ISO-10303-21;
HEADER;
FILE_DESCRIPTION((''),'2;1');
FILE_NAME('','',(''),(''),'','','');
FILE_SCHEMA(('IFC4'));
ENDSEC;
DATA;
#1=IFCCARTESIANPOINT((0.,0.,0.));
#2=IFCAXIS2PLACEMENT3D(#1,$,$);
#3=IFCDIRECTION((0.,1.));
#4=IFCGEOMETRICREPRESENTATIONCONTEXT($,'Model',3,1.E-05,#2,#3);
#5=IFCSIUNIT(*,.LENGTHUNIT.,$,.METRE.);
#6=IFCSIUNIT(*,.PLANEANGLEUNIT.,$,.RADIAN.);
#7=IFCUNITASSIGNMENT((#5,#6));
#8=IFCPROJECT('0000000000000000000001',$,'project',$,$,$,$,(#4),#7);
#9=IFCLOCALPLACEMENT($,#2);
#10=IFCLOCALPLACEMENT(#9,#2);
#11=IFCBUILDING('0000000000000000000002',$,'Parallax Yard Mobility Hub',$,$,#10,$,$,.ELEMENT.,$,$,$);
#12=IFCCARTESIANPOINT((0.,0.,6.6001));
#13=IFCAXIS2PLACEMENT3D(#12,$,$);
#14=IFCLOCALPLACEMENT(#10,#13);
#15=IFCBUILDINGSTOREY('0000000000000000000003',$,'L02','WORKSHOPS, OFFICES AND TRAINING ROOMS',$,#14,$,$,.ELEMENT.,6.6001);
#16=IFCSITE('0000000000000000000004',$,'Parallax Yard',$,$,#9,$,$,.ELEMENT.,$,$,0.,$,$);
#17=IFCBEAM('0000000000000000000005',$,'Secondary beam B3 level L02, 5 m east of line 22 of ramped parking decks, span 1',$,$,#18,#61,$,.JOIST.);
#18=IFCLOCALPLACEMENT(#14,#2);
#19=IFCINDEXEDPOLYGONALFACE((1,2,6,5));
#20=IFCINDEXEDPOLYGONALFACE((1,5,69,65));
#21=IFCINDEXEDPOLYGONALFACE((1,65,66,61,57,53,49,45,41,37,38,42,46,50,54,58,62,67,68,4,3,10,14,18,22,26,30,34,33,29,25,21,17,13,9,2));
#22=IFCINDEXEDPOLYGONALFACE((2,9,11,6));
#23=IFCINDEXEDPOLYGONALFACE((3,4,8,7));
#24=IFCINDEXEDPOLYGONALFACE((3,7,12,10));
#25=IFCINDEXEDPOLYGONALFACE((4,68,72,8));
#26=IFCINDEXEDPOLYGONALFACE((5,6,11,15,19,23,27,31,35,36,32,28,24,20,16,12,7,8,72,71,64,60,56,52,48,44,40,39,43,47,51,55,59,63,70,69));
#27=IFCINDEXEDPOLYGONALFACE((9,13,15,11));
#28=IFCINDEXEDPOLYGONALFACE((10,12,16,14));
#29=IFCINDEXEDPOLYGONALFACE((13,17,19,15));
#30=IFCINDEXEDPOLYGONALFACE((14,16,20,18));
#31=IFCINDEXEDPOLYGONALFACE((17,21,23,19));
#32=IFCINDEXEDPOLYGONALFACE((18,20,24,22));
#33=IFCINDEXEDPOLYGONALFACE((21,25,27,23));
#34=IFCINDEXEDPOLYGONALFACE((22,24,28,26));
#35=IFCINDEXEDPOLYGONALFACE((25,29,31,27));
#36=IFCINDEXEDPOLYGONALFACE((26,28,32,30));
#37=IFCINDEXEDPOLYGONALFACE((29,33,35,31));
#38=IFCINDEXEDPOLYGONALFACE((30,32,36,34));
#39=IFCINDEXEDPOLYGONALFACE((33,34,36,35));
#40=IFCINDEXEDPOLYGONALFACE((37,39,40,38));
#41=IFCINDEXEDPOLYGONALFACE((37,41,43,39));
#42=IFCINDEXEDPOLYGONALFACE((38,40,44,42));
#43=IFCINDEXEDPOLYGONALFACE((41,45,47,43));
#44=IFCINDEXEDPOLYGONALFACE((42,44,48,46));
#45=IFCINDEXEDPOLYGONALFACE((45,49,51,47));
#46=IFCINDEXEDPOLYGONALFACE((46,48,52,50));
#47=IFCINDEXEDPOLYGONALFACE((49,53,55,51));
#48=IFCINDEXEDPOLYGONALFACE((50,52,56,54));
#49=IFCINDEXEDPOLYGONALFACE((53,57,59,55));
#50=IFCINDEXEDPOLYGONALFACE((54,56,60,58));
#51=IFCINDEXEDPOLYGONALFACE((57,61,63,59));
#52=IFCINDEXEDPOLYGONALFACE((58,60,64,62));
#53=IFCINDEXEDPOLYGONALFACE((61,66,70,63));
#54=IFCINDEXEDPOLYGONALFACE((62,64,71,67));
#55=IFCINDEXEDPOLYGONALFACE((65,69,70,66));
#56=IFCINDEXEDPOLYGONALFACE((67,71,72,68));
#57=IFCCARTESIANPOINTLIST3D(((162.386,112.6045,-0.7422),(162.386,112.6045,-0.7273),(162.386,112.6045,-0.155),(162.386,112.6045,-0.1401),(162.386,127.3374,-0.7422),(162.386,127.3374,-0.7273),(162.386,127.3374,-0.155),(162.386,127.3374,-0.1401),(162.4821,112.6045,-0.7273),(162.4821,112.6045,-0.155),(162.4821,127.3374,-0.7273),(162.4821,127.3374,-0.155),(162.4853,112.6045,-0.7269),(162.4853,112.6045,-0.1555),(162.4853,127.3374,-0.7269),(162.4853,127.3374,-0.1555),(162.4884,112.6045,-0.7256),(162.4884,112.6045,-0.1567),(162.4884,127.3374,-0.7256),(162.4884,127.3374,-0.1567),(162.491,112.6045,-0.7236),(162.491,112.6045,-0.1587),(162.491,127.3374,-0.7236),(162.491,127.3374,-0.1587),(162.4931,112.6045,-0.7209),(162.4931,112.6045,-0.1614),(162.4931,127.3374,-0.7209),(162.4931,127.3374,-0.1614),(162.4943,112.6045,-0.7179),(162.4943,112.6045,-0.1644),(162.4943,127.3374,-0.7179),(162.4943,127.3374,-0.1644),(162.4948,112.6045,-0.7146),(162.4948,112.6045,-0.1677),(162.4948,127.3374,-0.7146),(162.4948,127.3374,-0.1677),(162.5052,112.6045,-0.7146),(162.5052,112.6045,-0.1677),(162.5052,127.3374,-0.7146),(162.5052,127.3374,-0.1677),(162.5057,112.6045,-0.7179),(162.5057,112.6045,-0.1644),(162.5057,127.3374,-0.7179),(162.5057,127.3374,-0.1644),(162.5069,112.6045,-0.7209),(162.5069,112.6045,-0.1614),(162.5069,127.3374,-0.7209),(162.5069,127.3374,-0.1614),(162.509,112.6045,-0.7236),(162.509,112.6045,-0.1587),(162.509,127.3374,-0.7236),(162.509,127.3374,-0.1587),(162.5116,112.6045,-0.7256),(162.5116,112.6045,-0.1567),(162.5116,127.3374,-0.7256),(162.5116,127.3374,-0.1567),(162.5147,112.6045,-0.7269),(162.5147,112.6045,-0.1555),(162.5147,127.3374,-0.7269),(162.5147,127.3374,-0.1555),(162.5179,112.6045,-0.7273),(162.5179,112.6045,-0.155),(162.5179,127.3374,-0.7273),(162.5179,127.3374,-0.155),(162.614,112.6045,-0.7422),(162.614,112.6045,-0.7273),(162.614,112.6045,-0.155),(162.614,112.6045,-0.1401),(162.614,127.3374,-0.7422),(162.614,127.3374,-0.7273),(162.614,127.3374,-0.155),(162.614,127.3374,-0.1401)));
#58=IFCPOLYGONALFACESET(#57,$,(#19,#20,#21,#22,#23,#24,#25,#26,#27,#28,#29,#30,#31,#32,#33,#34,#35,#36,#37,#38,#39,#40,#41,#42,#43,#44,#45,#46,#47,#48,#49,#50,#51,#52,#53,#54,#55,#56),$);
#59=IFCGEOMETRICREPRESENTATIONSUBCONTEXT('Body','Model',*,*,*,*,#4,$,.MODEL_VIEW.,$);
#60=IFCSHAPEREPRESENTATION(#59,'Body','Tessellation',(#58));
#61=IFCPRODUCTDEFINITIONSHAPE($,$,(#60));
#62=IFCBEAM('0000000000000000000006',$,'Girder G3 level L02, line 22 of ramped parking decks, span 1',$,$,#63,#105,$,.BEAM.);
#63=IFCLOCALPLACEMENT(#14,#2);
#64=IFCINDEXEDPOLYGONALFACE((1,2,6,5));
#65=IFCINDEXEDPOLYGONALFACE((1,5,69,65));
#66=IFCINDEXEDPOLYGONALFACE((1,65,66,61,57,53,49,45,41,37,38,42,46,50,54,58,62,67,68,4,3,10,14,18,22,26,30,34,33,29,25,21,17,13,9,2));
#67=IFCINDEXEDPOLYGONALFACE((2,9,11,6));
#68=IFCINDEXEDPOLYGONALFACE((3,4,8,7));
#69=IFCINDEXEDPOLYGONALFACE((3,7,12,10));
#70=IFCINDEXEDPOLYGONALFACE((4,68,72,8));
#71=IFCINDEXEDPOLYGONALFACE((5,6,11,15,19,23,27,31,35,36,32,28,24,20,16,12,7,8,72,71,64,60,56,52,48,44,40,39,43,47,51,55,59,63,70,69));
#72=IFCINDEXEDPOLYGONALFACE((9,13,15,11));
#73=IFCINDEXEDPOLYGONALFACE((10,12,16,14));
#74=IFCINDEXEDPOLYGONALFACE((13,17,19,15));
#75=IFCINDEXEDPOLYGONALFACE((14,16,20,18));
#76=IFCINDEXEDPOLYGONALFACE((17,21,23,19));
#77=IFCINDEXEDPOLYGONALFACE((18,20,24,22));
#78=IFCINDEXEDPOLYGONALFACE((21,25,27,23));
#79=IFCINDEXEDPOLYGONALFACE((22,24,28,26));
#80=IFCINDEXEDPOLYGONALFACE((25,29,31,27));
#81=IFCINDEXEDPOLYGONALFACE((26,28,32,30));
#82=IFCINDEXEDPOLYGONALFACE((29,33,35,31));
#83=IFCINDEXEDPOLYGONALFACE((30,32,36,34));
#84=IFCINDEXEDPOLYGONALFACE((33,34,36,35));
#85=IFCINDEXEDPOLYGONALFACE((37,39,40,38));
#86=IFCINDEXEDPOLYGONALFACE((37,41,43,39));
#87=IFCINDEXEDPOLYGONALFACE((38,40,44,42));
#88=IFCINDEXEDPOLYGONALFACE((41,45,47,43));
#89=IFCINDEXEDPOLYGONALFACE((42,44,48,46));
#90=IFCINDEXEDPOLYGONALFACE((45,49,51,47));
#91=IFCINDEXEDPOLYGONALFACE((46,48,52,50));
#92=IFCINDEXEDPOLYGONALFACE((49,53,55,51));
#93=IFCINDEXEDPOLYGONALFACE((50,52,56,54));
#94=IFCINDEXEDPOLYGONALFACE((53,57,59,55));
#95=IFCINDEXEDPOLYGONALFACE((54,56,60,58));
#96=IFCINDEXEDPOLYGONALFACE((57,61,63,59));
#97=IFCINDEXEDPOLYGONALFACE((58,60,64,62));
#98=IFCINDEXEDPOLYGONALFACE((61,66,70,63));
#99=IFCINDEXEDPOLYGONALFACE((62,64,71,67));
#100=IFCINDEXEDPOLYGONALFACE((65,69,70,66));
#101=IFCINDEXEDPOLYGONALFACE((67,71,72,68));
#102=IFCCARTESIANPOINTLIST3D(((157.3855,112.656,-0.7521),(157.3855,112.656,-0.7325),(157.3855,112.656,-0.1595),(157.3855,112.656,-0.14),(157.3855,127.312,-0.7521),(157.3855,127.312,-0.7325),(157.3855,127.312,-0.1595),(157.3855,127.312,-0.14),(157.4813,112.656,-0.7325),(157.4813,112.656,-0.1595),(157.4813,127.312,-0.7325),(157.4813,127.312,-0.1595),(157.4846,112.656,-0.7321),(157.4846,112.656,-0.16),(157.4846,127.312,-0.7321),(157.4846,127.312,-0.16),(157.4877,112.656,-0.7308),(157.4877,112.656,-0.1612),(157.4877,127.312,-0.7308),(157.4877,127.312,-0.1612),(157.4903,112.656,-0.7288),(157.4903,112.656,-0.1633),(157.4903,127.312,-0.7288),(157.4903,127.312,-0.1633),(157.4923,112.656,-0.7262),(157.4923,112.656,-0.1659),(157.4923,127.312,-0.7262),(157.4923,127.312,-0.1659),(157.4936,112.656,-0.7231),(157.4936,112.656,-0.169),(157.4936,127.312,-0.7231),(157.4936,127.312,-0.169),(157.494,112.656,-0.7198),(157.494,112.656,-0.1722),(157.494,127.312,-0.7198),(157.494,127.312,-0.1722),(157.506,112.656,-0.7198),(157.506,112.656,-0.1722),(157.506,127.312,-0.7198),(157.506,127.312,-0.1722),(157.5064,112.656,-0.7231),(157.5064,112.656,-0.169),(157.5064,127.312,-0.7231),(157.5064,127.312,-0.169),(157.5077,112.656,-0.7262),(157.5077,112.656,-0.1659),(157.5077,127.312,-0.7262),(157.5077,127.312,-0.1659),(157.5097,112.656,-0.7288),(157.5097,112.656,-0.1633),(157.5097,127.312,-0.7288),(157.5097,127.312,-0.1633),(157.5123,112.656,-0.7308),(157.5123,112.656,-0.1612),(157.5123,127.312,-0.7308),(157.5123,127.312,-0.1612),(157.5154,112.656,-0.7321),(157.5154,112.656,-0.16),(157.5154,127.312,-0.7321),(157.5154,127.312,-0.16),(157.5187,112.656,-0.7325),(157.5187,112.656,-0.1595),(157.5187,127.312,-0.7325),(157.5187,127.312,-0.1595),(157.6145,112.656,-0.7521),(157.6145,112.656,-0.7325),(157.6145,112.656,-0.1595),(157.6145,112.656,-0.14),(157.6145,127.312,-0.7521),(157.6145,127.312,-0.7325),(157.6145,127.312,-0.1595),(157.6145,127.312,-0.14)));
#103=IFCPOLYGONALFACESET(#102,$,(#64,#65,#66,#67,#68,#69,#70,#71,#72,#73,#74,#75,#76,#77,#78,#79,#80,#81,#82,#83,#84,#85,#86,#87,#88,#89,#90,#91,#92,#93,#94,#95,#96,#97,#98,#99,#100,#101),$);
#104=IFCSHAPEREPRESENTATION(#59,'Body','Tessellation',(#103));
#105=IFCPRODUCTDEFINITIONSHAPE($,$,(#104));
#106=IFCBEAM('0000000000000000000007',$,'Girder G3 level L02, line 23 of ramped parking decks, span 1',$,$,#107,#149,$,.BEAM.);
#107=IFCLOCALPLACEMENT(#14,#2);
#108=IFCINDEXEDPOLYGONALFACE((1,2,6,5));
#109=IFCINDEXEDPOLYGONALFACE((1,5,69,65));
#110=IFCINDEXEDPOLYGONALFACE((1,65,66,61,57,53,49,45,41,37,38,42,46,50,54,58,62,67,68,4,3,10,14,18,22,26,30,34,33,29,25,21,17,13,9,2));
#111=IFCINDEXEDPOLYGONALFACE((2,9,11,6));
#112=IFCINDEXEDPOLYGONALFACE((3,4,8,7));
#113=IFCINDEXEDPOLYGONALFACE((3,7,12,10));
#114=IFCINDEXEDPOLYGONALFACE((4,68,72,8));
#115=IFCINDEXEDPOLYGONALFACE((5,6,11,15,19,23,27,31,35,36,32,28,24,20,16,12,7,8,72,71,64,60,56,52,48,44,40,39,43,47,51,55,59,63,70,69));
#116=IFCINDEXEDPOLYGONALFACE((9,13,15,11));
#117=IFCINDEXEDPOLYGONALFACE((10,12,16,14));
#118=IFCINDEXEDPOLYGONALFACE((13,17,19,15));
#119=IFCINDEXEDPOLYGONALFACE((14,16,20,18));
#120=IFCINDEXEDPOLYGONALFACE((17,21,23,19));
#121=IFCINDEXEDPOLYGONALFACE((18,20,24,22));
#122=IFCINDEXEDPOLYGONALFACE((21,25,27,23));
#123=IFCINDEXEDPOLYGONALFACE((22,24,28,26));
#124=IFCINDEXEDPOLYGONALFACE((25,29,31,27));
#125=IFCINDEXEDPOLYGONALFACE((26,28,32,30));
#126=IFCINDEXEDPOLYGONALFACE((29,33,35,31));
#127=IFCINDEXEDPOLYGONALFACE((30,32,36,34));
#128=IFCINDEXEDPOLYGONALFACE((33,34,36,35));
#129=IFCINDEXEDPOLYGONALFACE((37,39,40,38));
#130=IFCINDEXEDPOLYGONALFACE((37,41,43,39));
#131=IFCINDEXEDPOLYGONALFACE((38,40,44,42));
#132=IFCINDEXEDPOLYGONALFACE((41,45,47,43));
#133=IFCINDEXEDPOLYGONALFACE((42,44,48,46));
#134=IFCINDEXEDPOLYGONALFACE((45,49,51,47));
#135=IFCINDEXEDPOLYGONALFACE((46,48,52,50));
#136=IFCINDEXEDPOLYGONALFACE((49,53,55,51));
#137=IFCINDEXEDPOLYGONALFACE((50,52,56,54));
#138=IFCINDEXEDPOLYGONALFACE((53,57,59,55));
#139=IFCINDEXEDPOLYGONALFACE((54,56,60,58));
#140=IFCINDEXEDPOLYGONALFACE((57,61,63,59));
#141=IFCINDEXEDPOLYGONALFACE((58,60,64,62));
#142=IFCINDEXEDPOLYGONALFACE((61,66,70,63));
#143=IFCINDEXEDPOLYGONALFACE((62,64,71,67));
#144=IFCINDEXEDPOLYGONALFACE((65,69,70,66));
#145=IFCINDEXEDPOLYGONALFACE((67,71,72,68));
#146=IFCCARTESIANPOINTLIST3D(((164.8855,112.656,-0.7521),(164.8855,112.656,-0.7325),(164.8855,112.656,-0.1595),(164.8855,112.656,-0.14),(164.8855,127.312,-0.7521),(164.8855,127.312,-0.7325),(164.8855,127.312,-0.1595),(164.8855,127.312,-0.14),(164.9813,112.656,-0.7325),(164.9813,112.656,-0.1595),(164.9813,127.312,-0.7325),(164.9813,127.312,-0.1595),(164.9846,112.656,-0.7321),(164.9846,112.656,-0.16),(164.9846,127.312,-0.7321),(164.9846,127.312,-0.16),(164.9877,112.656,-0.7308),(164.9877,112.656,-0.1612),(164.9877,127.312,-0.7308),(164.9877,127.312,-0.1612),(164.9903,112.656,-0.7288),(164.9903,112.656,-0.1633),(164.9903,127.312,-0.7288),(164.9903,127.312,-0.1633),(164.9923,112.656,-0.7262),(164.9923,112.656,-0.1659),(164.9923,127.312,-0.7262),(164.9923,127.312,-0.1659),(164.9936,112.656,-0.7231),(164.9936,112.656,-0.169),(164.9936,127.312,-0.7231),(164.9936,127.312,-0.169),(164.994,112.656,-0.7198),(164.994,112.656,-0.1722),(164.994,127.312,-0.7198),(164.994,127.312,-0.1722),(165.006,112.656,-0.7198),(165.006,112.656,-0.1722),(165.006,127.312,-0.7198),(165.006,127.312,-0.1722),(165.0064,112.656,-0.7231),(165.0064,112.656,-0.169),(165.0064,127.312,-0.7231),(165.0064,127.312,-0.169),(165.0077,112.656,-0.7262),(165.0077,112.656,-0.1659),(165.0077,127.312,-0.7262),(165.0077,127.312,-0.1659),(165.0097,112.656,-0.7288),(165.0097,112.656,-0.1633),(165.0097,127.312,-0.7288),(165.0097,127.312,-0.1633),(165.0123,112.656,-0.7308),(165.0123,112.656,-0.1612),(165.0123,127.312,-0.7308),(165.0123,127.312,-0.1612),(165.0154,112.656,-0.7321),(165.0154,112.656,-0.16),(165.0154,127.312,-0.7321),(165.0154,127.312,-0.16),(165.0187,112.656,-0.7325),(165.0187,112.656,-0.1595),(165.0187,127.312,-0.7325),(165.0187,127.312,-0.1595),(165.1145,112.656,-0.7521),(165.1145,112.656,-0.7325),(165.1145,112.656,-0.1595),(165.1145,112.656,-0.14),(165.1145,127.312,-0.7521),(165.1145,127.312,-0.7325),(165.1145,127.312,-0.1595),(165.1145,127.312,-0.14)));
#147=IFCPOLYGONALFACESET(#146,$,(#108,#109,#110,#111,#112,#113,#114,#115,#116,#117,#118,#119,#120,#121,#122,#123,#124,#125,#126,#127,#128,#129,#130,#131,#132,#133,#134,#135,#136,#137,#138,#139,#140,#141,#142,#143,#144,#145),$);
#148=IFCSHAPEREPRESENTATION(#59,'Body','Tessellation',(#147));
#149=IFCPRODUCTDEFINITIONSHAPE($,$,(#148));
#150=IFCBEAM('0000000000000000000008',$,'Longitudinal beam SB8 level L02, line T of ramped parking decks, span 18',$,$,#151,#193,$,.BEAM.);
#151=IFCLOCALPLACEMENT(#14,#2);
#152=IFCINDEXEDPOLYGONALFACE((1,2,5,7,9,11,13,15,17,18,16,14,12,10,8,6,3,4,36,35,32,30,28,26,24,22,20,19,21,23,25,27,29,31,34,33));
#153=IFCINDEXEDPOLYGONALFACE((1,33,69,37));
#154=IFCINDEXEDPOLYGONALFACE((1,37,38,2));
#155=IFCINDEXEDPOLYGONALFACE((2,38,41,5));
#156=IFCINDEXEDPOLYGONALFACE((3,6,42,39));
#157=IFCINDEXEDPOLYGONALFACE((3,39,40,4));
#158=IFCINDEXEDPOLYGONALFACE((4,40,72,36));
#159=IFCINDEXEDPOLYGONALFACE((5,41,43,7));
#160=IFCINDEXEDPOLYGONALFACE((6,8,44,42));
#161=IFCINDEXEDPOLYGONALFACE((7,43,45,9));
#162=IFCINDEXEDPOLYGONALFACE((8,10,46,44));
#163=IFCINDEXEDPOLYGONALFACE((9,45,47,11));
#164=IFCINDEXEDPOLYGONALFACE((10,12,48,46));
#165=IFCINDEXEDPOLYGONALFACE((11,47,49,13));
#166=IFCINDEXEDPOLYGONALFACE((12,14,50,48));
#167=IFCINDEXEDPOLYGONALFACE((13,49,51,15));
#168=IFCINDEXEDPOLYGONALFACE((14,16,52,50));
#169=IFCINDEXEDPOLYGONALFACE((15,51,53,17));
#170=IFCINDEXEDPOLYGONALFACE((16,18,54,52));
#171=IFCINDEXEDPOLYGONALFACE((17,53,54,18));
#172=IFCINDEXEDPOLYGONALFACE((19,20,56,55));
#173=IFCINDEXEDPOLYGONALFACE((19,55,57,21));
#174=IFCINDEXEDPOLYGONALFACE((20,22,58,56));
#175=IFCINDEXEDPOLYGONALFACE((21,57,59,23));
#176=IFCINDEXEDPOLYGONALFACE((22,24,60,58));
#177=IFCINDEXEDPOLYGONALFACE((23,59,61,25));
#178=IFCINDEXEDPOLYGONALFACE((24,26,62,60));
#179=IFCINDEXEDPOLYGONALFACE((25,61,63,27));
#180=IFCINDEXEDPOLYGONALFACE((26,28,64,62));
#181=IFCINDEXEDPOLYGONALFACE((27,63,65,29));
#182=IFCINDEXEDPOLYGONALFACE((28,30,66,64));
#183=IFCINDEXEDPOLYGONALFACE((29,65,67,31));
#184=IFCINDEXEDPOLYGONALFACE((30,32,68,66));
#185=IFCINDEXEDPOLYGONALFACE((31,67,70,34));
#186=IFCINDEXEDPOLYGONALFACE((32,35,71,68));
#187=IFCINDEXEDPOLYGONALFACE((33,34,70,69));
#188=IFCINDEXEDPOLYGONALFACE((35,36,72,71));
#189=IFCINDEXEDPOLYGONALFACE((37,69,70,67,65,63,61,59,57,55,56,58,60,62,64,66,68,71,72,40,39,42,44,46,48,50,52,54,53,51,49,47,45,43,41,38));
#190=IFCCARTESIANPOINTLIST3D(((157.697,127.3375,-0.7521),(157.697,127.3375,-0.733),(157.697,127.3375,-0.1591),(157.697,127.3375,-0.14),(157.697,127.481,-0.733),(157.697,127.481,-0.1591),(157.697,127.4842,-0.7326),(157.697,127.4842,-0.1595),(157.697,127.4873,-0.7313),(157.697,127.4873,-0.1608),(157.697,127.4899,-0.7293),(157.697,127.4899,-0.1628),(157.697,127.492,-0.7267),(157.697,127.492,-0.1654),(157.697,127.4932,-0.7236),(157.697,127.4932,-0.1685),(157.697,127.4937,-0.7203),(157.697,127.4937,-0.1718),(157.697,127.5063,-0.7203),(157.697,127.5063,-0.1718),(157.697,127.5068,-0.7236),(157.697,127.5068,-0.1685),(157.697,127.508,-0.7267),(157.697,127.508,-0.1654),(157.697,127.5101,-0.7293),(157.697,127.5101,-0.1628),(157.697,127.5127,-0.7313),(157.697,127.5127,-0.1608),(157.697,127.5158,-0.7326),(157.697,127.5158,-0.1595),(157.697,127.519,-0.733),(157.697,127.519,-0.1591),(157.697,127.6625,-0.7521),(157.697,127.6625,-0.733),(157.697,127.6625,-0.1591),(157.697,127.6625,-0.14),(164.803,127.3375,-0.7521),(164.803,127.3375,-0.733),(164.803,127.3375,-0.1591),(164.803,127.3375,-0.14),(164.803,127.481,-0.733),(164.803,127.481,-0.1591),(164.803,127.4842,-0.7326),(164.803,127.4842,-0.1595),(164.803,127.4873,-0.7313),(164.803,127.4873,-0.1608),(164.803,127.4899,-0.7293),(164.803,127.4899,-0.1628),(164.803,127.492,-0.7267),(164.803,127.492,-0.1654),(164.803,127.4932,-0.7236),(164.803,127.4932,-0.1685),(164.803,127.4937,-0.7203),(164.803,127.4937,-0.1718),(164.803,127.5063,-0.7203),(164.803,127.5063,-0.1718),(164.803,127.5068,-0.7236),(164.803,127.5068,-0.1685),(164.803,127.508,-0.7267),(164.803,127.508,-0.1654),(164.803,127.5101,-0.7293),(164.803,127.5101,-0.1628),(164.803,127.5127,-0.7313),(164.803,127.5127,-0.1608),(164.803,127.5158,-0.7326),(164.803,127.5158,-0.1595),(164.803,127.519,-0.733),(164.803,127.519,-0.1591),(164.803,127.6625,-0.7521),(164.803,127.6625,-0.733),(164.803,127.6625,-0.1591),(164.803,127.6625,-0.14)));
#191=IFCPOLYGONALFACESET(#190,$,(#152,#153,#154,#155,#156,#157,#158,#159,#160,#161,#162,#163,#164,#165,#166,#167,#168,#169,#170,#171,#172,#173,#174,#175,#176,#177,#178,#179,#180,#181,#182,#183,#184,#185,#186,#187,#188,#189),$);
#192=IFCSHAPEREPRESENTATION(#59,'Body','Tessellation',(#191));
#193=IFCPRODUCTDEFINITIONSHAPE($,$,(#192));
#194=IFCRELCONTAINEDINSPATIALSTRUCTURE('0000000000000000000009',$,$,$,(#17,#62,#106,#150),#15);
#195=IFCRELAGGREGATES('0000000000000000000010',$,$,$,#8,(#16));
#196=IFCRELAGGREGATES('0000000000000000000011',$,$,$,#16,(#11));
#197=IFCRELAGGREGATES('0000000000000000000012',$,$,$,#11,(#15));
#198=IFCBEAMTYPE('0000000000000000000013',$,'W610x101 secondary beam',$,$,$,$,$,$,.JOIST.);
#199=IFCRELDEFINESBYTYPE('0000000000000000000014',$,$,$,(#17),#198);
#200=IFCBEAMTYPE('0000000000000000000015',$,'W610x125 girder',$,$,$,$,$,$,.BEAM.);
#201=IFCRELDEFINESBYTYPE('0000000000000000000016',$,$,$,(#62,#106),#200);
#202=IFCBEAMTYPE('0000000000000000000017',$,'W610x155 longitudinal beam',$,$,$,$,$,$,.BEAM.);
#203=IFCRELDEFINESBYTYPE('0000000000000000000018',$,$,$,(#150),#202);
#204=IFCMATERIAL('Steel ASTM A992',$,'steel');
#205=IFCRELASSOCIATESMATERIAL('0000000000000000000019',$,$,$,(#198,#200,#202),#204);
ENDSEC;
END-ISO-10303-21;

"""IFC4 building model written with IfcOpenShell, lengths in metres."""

from ifc_helpers import new_model, si_unit, direction, frame, origin, origin_2d, place, context, subcontext, project, spatial, i_section, extrude, material, material_profile, profile_set, type_object, element, save


model = new_model("IFC4")

# Units and contexts
model_context = context("Model", 3, precision=1e-05, world=origin(), true_north=direction((0.0, 1.0)))
body_context = subcontext(model_context, "Body", "Model", "MODEL_VIEW")
ifc_project = project(units=[si_unit("LENGTHUNIT", "METRE"), si_unit("PLANEANGLEUNIT", "RADIAN")], contexts=[model_context])

# Site, building, storey
site_placement = place(None, origin())
site = spatial("IfcSite", under=ifc_project, at=site_placement, Name="Parallax Yard", CompositionType="ELEMENT", RefElevation=0.0)
building_placement = place(site_placement, origin())
building = spatial("IfcBuilding", under=site, at=building_placement, Name="Parallax Yard Mobility Hub", CompositionType="ELEMENT")
storey_placement = place(building_placement, frame((0.0, 0.0, 6.6001)))
storey = spatial("IfcBuildingStorey", under=building, at=storey_placement, Name="L02", Description="WORKSHOPS, OFFICES AND TRAINING ROOMS", CompositionType="ELEMENT", Elevation=6.6001)

# Shared definitions
ifc_material_1 = material(Name="Steel ASTM A992", Category="steel")

# Beams
ifc_material_profile_1 = material_profile(ifc_material_1, i_section(OverallWidth=0.228, OverallDepth=0.6021, WebThickness=0.0105, FlangeThickness=0.0149, FilletRadius=0.0127, at=origin_2d()), Name="W610x101")
ifc_profile_set_1 = profile_set([ifc_material_profile_1], Name="Steel ASTM A992")
beam_type_1 = type_object("IfcBeamType", Name="W610x101 secondary beam", PredefinedType="JOIST", material=ifc_profile_set_1)
for number, where, z_axis, x_axis, name in (
    (1, (162.5, 112.6045, -0.4412), (0.0, 1.0, 0.0), (-1.0, 0.0, 0.0), "Secondary beam B3 level L02, 5 m east of line 22 of ramped parking decks, span 1"),
):
    element("IfcBeam", number, at=place(storey_placement, frame(where, z_axis=z_axis, x_axis=x_axis)), inside=storey, type_object=beam_type_1, Name=name, PredefinedType="JOIST", context=body_context, shape_type="SweptSolid", body=[
        extrude(i_section(OverallWidth=0.228, OverallDepth=0.6021, WebThickness=0.0105, FlangeThickness=0.0149, FilletRadius=0.0127, at=origin_2d()), origin(), (0.0, 0.0, 1.0), 14.7329),
    ])
ifc_material_profile_2 = material_profile(ifc_material_1, i_section(OverallWidth=0.229, OverallDepth=0.6121, WebThickness=0.012, FlangeThickness=0.0195, FilletRadius=0.0127, at=origin_2d()), Name="W610x125")
ifc_profile_set_2 = profile_set([ifc_material_profile_2], Name="Steel ASTM A992")
beam_type_2 = type_object("IfcBeamType", Name="W610x125 girder", PredefinedType="BEAM", material=ifc_profile_set_2)
for number, where, z_axis, x_axis, name in (
    (2, (157.5, 112.656, -0.446), (0.0, 1.0, 0.0), (-1.0, 0.0, 0.0), "Girder G3 level L02, line 22 of ramped parking decks, span 1"),
    (3, (165.0, 112.656, -0.446), (0.0, 1.0, 0.0), (-1.0, 0.0, 0.0), "Girder G3 level L02, line 23 of ramped parking decks, span 1"),
):
    element("IfcBeam", number, at=place(storey_placement, frame(where, z_axis=z_axis, x_axis=x_axis)), inside=storey, type_object=beam_type_2, Name=name, PredefinedType="BEAM", context=body_context, shape_type="SweptSolid", body=[
        extrude(i_section(OverallWidth=0.229, OverallDepth=0.6121, WebThickness=0.012, FlangeThickness=0.0195, FilletRadius=0.0127, at=origin_2d()), origin(), (0.0, 0.0, 1.0), 14.656),
    ])
ifc_material_profile_3 = material_profile(ifc_material_1, i_section(OverallWidth=0.325, OverallDepth=0.6121, WebThickness=0.0127, FlangeThickness=0.019, FilletRadius=0.0127, at=origin_2d()), Name="W610x155")
ifc_profile_set_3 = profile_set([ifc_material_profile_3], Name="Steel ASTM A992")
beam_type_3 = type_object("IfcBeamType", Name="W610x155 longitudinal beam", PredefinedType="BEAM", material=ifc_profile_set_3)
beam_placement = place(storey_placement, frame((157.697, 127.5, -0.446), z_axis=(1.0, 0.0, 0.0), x_axis=(0.0, 1.0, 0.0)))
element("IfcBeam", 4, at=beam_placement, inside=storey, type_object=beam_type_3, Name="Longitudinal beam SB8 level L02, line T of ramped parking decks, span 18", PredefinedType="BEAM", context=body_context, shape_type="SweptSolid", body=[
    extrude(i_section(OverallWidth=0.325, OverallDepth=0.6121, WebThickness=0.0127, FlangeThickness=0.019, FilletRadius=0.0127, at=origin_2d()), origin(), (0.0, 0.0, 1.0), 7.106),
])

save(model, "model.ifc")
